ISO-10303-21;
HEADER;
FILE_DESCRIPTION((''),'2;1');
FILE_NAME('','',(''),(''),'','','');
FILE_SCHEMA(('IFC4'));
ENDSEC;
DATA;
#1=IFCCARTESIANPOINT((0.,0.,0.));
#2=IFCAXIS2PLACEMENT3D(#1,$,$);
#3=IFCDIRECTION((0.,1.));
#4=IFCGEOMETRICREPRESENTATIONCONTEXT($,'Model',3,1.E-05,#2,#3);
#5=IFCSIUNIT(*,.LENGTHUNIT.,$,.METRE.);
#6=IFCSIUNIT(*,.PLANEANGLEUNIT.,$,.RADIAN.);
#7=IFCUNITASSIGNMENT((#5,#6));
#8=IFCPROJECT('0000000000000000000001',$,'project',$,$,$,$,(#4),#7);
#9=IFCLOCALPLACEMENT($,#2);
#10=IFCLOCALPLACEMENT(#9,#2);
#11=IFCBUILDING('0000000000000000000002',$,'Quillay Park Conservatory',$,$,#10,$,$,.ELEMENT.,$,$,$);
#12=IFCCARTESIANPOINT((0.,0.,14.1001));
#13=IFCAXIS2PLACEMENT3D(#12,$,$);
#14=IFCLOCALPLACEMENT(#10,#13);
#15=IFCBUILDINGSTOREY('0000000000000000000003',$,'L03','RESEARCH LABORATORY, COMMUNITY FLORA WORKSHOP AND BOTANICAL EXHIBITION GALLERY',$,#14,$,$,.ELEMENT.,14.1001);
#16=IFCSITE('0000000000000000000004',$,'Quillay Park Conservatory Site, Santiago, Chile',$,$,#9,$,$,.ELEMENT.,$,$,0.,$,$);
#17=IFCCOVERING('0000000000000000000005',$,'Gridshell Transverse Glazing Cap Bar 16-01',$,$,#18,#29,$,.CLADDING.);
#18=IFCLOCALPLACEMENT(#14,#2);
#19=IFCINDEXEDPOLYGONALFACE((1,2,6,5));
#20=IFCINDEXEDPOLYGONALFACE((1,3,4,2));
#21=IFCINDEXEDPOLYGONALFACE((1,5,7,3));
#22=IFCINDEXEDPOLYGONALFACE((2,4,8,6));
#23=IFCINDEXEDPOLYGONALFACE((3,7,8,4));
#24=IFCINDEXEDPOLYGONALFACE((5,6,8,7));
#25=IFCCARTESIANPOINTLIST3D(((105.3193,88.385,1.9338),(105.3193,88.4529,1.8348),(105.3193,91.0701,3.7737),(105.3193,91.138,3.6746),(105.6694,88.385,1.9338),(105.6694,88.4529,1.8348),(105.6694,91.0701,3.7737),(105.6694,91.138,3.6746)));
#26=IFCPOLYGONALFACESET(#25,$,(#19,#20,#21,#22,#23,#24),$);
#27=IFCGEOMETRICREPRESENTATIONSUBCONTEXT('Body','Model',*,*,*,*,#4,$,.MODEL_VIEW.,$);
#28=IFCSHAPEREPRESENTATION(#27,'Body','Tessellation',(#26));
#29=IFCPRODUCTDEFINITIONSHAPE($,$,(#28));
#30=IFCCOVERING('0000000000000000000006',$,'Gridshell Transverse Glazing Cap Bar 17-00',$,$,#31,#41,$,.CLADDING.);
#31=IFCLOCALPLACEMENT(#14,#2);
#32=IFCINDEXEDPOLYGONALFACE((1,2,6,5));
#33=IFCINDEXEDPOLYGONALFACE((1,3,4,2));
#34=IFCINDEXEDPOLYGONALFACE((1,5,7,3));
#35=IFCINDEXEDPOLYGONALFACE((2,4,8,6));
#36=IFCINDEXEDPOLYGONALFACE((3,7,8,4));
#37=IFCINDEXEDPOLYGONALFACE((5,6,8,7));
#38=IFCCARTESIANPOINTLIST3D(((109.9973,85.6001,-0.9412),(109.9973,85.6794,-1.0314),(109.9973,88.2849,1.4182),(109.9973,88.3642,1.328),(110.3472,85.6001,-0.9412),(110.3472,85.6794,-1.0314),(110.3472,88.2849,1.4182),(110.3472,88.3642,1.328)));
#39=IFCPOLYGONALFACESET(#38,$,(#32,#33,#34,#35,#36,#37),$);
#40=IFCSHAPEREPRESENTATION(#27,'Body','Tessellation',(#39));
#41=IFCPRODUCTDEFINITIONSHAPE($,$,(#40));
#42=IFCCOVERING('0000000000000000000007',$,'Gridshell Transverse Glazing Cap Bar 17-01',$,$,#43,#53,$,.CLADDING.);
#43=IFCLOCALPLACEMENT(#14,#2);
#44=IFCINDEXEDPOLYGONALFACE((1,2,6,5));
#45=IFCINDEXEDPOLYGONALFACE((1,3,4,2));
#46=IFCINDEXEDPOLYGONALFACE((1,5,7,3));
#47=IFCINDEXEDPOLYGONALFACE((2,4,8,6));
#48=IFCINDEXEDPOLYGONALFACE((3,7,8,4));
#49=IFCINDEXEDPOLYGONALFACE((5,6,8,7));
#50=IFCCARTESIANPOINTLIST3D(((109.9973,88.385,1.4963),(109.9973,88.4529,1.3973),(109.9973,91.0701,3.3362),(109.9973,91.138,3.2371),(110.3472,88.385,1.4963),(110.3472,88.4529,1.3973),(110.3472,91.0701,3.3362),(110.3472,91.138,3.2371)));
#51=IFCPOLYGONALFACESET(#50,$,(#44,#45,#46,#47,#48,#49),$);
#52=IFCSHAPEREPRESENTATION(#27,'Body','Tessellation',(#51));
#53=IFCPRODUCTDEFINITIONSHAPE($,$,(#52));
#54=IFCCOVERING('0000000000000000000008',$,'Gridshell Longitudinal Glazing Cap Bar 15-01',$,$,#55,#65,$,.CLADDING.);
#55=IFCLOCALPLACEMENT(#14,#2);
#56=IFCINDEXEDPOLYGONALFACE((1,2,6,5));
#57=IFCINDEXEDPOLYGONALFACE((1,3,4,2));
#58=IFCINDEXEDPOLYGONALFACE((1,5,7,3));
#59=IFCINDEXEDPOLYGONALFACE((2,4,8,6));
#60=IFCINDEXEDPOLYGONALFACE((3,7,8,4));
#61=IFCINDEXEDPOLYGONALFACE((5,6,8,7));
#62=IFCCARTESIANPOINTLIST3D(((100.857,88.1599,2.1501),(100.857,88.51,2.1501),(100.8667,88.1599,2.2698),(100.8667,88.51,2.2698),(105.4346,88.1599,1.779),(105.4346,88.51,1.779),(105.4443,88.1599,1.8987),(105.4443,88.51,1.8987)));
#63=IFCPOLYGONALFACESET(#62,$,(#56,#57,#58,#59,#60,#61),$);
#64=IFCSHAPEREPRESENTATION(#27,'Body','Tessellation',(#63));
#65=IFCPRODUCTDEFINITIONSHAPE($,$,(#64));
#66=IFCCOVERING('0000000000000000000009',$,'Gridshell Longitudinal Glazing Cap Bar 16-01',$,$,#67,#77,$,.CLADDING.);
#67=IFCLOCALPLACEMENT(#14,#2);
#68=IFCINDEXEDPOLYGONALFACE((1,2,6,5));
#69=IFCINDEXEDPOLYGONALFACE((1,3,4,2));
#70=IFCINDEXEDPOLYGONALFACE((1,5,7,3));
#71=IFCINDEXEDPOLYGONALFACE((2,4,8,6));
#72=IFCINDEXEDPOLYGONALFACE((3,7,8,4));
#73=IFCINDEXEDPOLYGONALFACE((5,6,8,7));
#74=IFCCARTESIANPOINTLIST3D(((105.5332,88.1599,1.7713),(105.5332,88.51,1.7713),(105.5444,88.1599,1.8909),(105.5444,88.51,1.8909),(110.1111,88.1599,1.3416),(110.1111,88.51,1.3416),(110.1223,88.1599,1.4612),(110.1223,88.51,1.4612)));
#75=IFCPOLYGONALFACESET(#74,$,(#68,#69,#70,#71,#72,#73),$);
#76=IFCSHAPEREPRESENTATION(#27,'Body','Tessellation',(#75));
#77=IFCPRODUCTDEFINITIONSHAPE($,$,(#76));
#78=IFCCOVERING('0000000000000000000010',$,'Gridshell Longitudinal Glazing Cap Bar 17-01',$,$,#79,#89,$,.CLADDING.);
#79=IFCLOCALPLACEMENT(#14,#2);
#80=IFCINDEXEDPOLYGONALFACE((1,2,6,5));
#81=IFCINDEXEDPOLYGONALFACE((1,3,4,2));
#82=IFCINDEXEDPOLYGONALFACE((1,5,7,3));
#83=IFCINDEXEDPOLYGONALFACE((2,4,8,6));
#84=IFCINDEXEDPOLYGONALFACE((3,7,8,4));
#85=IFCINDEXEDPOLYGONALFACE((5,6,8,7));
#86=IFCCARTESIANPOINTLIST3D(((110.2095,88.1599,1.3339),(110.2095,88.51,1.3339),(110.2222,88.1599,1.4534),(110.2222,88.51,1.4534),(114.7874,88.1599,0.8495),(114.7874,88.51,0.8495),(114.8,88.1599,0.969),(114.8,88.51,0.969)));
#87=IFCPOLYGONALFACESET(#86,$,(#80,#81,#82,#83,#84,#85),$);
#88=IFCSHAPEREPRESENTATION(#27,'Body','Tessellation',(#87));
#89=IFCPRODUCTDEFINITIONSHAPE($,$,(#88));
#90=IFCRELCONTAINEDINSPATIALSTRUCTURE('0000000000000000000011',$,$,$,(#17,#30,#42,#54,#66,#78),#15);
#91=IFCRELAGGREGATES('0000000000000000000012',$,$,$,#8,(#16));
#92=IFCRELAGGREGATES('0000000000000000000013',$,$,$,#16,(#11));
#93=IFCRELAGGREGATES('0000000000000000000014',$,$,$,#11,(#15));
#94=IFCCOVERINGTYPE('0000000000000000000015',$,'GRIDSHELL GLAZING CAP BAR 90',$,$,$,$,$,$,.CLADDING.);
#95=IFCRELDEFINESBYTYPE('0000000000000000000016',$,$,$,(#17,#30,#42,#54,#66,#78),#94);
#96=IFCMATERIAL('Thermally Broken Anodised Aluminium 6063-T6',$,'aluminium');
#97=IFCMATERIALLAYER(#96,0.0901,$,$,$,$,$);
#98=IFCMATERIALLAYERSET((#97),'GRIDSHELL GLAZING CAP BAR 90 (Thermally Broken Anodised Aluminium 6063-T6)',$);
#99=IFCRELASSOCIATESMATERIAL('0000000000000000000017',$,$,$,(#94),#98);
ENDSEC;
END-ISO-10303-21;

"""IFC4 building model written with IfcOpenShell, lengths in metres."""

from ifc_helpers import new_model, si_unit, direction, frame, origin, place, context, subcontext, project, spatial, polyline, outline, extrude, material, layer, layer_set, type_object, element, save


model = new_model("IFC4")

# Units and contexts
model_context = context("Model", 3, precision=1e-05, world=origin(), true_north=direction((0.0, 1.0)))
body_context = subcontext(model_context, "Body", "Model", "MODEL_VIEW")
ifc_project = project(units=[si_unit("LENGTHUNIT", "METRE"), si_unit("PLANEANGLEUNIT", "RADIAN")], contexts=[model_context])

# Site, building, storey
site_placement = place(None, origin())
site = spatial("IfcSite", under=ifc_project, at=site_placement, Name="Quillay Park Conservatory Site, Santiago, Chile", CompositionType="ELEMENT", RefElevation=0.0)
building_placement = place(site_placement, origin())
building = spatial("IfcBuilding", under=site, at=building_placement, Name="Quillay Park Conservatory", CompositionType="ELEMENT")
storey_placement = place(building_placement, frame((0.0, 0.0, 14.1001)))
storey = spatial("IfcBuildingStorey", under=building, at=storey_placement, Name="L03", Description="RESEARCH LABORATORY, COMMUNITY FLORA WORKSHOP AND BOTANICAL EXHIBITION GALLERY", CompositionType="ELEMENT", Elevation=14.1001)

# Coverings
ifc_material_1 = material(Name="Thermally Broken Anodised Aluminium 6063-T6", Category="aluminium")
ifc_layer_1 = layer(ifc_material_1, 0.0901)
ifc_layer_set_1 = layer_set([ifc_layer_1], Name="GRIDSHELL GLAZING CAP BAR 90 (Thermally Broken Anodised Aluminium 6063-T6)")
covering_type = type_object("IfcCoveringType", Name="GRIDSHELL GLAZING CAP BAR 90", PredefinedType="CLADDING", material=ifc_layer_set_1)
covering_1_placement = place(storey_placement, frame((105.3193, 88.385, 1.9338), z_axis=(0.0, -0.565248, 0.824921), x_axis=(1.0, 0.0, 0.0)))
element("IfcCovering", 1, at=covering_1_placement, inside=storey, type_object=covering_type, Name="Gridshell Transverse Glazing Cap Bar 16-01", PredefinedType="CLADDING", context=body_context, shape_type="SweptSolid", body=[
    extrude(outline(polyline([(0.0, 0.0), (0.3501, 0.0), (0.3501, 3.2549), (0.0, 3.2549), (0.0, 0.0)])), origin(), (0.0, 0.0, -1.0), 0.1201),
])
covering_2_placement = place(storey_placement, frame((109.9973, 85.6001, -0.9412), z_axis=(0.0, -0.660113, 0.751166), x_axis=(1.0, 0.0, 0.0)))
element("IfcCovering", 2, at=covering_2_placement, inside=storey, type_object=covering_type, Name="Gridshell Transverse Glazing Cap Bar 17-00", PredefinedType="CLADDING", context=body_context, shape_type="SweptSolid", body=[
    extrude(outline(polyline([(0.0, 0.0), (0.3499, 0.0), (0.3499, 3.5742), (0.0, 3.5742), (0.0, 0.0)])), origin(), (0.0, 0.0, -1.0), 0.1201),
])
covering_3_placement = place(storey_placement, frame((109.9973, 88.385, 1.4963), z_axis=(0.0, -0.565248, 0.824921), x_axis=(1.0, 0.0, 0.0)))
element("IfcCovering", 3, at=covering_3_placement, inside=storey, type_object=covering_type, Name="Gridshell Transverse Glazing Cap Bar 17-01", PredefinedType="CLADDING", context=body_context, shape_type="SweptSolid", body=[
    extrude(outline(polyline([(0.0, 0.0), (0.3499, 0.0), (0.3499, 3.2549), (0.0, 3.2549), (0.0, 0.0)])), origin(), (0.0, 0.0, -1.0), 0.1201),
])
covering_4_placement = place(storey_placement, frame((100.8667, 88.1599, 2.2698), z_axis=(0.080802, 0.0, 0.99673), x_axis=(0.99673, 0.0, -0.080802)))
element("IfcCovering", 4, at=covering_4_placement, inside=storey, type_object=covering_type, Name="Gridshell Longitudinal Glazing Cap Bar 15-01", PredefinedType="CLADDING", context=body_context, shape_type="SweptSolid", body=[
    extrude(outline(polyline([(0.0, 0.0), (4.5927, 0.0), (4.5927, 0.3501), (0.0, 0.3501), (0.0, 0.0)])), origin(), (0.0, 0.0, -1.0), 0.1201),
])
covering_5_placement = place(storey_placement, frame((105.5444, 88.1599, 1.8909), z_axis=(0.093451, 0.0, 0.995624), x_axis=(0.995624, 0.0, -0.093451)))
element("IfcCovering", 5, at=covering_5_placement, inside=storey, type_object=covering_type, Name="Gridshell Longitudinal Glazing Cap Bar 16-01", PredefinedType="CLADDING", context=body_context, shape_type="SweptSolid", body=[
    extrude(outline(polyline([(0.0, 0.0), (4.598, 0.0), (4.598, 0.3501), (0.0, 0.3501), (0.0, 0.0)])), origin(), (0.0, 0.0, -1.0), 0.1201),
])
covering_6_placement = place(storey_placement, frame((110.2222, 88.1599, 1.4534), z_axis=(0.10522, 0.0, 0.994449), x_axis=(0.994449, 0.0, -0.10522)))
element("IfcCovering", 6, at=covering_6_placement, inside=storey, type_object=covering_type, Name="Gridshell Longitudinal Glazing Cap Bar 17-01", PredefinedType="CLADDING", context=body_context, shape_type="SweptSolid", body=[
    extrude(outline(polyline([(0.0, 0.0), (4.6034, 0.0), (4.6034, 0.3501), (0.0, 0.3501), (0.0, 0.0)])), origin(), (0.0, 0.0, -1.0), 0.1201),
])

save(model, "model.ifc")
